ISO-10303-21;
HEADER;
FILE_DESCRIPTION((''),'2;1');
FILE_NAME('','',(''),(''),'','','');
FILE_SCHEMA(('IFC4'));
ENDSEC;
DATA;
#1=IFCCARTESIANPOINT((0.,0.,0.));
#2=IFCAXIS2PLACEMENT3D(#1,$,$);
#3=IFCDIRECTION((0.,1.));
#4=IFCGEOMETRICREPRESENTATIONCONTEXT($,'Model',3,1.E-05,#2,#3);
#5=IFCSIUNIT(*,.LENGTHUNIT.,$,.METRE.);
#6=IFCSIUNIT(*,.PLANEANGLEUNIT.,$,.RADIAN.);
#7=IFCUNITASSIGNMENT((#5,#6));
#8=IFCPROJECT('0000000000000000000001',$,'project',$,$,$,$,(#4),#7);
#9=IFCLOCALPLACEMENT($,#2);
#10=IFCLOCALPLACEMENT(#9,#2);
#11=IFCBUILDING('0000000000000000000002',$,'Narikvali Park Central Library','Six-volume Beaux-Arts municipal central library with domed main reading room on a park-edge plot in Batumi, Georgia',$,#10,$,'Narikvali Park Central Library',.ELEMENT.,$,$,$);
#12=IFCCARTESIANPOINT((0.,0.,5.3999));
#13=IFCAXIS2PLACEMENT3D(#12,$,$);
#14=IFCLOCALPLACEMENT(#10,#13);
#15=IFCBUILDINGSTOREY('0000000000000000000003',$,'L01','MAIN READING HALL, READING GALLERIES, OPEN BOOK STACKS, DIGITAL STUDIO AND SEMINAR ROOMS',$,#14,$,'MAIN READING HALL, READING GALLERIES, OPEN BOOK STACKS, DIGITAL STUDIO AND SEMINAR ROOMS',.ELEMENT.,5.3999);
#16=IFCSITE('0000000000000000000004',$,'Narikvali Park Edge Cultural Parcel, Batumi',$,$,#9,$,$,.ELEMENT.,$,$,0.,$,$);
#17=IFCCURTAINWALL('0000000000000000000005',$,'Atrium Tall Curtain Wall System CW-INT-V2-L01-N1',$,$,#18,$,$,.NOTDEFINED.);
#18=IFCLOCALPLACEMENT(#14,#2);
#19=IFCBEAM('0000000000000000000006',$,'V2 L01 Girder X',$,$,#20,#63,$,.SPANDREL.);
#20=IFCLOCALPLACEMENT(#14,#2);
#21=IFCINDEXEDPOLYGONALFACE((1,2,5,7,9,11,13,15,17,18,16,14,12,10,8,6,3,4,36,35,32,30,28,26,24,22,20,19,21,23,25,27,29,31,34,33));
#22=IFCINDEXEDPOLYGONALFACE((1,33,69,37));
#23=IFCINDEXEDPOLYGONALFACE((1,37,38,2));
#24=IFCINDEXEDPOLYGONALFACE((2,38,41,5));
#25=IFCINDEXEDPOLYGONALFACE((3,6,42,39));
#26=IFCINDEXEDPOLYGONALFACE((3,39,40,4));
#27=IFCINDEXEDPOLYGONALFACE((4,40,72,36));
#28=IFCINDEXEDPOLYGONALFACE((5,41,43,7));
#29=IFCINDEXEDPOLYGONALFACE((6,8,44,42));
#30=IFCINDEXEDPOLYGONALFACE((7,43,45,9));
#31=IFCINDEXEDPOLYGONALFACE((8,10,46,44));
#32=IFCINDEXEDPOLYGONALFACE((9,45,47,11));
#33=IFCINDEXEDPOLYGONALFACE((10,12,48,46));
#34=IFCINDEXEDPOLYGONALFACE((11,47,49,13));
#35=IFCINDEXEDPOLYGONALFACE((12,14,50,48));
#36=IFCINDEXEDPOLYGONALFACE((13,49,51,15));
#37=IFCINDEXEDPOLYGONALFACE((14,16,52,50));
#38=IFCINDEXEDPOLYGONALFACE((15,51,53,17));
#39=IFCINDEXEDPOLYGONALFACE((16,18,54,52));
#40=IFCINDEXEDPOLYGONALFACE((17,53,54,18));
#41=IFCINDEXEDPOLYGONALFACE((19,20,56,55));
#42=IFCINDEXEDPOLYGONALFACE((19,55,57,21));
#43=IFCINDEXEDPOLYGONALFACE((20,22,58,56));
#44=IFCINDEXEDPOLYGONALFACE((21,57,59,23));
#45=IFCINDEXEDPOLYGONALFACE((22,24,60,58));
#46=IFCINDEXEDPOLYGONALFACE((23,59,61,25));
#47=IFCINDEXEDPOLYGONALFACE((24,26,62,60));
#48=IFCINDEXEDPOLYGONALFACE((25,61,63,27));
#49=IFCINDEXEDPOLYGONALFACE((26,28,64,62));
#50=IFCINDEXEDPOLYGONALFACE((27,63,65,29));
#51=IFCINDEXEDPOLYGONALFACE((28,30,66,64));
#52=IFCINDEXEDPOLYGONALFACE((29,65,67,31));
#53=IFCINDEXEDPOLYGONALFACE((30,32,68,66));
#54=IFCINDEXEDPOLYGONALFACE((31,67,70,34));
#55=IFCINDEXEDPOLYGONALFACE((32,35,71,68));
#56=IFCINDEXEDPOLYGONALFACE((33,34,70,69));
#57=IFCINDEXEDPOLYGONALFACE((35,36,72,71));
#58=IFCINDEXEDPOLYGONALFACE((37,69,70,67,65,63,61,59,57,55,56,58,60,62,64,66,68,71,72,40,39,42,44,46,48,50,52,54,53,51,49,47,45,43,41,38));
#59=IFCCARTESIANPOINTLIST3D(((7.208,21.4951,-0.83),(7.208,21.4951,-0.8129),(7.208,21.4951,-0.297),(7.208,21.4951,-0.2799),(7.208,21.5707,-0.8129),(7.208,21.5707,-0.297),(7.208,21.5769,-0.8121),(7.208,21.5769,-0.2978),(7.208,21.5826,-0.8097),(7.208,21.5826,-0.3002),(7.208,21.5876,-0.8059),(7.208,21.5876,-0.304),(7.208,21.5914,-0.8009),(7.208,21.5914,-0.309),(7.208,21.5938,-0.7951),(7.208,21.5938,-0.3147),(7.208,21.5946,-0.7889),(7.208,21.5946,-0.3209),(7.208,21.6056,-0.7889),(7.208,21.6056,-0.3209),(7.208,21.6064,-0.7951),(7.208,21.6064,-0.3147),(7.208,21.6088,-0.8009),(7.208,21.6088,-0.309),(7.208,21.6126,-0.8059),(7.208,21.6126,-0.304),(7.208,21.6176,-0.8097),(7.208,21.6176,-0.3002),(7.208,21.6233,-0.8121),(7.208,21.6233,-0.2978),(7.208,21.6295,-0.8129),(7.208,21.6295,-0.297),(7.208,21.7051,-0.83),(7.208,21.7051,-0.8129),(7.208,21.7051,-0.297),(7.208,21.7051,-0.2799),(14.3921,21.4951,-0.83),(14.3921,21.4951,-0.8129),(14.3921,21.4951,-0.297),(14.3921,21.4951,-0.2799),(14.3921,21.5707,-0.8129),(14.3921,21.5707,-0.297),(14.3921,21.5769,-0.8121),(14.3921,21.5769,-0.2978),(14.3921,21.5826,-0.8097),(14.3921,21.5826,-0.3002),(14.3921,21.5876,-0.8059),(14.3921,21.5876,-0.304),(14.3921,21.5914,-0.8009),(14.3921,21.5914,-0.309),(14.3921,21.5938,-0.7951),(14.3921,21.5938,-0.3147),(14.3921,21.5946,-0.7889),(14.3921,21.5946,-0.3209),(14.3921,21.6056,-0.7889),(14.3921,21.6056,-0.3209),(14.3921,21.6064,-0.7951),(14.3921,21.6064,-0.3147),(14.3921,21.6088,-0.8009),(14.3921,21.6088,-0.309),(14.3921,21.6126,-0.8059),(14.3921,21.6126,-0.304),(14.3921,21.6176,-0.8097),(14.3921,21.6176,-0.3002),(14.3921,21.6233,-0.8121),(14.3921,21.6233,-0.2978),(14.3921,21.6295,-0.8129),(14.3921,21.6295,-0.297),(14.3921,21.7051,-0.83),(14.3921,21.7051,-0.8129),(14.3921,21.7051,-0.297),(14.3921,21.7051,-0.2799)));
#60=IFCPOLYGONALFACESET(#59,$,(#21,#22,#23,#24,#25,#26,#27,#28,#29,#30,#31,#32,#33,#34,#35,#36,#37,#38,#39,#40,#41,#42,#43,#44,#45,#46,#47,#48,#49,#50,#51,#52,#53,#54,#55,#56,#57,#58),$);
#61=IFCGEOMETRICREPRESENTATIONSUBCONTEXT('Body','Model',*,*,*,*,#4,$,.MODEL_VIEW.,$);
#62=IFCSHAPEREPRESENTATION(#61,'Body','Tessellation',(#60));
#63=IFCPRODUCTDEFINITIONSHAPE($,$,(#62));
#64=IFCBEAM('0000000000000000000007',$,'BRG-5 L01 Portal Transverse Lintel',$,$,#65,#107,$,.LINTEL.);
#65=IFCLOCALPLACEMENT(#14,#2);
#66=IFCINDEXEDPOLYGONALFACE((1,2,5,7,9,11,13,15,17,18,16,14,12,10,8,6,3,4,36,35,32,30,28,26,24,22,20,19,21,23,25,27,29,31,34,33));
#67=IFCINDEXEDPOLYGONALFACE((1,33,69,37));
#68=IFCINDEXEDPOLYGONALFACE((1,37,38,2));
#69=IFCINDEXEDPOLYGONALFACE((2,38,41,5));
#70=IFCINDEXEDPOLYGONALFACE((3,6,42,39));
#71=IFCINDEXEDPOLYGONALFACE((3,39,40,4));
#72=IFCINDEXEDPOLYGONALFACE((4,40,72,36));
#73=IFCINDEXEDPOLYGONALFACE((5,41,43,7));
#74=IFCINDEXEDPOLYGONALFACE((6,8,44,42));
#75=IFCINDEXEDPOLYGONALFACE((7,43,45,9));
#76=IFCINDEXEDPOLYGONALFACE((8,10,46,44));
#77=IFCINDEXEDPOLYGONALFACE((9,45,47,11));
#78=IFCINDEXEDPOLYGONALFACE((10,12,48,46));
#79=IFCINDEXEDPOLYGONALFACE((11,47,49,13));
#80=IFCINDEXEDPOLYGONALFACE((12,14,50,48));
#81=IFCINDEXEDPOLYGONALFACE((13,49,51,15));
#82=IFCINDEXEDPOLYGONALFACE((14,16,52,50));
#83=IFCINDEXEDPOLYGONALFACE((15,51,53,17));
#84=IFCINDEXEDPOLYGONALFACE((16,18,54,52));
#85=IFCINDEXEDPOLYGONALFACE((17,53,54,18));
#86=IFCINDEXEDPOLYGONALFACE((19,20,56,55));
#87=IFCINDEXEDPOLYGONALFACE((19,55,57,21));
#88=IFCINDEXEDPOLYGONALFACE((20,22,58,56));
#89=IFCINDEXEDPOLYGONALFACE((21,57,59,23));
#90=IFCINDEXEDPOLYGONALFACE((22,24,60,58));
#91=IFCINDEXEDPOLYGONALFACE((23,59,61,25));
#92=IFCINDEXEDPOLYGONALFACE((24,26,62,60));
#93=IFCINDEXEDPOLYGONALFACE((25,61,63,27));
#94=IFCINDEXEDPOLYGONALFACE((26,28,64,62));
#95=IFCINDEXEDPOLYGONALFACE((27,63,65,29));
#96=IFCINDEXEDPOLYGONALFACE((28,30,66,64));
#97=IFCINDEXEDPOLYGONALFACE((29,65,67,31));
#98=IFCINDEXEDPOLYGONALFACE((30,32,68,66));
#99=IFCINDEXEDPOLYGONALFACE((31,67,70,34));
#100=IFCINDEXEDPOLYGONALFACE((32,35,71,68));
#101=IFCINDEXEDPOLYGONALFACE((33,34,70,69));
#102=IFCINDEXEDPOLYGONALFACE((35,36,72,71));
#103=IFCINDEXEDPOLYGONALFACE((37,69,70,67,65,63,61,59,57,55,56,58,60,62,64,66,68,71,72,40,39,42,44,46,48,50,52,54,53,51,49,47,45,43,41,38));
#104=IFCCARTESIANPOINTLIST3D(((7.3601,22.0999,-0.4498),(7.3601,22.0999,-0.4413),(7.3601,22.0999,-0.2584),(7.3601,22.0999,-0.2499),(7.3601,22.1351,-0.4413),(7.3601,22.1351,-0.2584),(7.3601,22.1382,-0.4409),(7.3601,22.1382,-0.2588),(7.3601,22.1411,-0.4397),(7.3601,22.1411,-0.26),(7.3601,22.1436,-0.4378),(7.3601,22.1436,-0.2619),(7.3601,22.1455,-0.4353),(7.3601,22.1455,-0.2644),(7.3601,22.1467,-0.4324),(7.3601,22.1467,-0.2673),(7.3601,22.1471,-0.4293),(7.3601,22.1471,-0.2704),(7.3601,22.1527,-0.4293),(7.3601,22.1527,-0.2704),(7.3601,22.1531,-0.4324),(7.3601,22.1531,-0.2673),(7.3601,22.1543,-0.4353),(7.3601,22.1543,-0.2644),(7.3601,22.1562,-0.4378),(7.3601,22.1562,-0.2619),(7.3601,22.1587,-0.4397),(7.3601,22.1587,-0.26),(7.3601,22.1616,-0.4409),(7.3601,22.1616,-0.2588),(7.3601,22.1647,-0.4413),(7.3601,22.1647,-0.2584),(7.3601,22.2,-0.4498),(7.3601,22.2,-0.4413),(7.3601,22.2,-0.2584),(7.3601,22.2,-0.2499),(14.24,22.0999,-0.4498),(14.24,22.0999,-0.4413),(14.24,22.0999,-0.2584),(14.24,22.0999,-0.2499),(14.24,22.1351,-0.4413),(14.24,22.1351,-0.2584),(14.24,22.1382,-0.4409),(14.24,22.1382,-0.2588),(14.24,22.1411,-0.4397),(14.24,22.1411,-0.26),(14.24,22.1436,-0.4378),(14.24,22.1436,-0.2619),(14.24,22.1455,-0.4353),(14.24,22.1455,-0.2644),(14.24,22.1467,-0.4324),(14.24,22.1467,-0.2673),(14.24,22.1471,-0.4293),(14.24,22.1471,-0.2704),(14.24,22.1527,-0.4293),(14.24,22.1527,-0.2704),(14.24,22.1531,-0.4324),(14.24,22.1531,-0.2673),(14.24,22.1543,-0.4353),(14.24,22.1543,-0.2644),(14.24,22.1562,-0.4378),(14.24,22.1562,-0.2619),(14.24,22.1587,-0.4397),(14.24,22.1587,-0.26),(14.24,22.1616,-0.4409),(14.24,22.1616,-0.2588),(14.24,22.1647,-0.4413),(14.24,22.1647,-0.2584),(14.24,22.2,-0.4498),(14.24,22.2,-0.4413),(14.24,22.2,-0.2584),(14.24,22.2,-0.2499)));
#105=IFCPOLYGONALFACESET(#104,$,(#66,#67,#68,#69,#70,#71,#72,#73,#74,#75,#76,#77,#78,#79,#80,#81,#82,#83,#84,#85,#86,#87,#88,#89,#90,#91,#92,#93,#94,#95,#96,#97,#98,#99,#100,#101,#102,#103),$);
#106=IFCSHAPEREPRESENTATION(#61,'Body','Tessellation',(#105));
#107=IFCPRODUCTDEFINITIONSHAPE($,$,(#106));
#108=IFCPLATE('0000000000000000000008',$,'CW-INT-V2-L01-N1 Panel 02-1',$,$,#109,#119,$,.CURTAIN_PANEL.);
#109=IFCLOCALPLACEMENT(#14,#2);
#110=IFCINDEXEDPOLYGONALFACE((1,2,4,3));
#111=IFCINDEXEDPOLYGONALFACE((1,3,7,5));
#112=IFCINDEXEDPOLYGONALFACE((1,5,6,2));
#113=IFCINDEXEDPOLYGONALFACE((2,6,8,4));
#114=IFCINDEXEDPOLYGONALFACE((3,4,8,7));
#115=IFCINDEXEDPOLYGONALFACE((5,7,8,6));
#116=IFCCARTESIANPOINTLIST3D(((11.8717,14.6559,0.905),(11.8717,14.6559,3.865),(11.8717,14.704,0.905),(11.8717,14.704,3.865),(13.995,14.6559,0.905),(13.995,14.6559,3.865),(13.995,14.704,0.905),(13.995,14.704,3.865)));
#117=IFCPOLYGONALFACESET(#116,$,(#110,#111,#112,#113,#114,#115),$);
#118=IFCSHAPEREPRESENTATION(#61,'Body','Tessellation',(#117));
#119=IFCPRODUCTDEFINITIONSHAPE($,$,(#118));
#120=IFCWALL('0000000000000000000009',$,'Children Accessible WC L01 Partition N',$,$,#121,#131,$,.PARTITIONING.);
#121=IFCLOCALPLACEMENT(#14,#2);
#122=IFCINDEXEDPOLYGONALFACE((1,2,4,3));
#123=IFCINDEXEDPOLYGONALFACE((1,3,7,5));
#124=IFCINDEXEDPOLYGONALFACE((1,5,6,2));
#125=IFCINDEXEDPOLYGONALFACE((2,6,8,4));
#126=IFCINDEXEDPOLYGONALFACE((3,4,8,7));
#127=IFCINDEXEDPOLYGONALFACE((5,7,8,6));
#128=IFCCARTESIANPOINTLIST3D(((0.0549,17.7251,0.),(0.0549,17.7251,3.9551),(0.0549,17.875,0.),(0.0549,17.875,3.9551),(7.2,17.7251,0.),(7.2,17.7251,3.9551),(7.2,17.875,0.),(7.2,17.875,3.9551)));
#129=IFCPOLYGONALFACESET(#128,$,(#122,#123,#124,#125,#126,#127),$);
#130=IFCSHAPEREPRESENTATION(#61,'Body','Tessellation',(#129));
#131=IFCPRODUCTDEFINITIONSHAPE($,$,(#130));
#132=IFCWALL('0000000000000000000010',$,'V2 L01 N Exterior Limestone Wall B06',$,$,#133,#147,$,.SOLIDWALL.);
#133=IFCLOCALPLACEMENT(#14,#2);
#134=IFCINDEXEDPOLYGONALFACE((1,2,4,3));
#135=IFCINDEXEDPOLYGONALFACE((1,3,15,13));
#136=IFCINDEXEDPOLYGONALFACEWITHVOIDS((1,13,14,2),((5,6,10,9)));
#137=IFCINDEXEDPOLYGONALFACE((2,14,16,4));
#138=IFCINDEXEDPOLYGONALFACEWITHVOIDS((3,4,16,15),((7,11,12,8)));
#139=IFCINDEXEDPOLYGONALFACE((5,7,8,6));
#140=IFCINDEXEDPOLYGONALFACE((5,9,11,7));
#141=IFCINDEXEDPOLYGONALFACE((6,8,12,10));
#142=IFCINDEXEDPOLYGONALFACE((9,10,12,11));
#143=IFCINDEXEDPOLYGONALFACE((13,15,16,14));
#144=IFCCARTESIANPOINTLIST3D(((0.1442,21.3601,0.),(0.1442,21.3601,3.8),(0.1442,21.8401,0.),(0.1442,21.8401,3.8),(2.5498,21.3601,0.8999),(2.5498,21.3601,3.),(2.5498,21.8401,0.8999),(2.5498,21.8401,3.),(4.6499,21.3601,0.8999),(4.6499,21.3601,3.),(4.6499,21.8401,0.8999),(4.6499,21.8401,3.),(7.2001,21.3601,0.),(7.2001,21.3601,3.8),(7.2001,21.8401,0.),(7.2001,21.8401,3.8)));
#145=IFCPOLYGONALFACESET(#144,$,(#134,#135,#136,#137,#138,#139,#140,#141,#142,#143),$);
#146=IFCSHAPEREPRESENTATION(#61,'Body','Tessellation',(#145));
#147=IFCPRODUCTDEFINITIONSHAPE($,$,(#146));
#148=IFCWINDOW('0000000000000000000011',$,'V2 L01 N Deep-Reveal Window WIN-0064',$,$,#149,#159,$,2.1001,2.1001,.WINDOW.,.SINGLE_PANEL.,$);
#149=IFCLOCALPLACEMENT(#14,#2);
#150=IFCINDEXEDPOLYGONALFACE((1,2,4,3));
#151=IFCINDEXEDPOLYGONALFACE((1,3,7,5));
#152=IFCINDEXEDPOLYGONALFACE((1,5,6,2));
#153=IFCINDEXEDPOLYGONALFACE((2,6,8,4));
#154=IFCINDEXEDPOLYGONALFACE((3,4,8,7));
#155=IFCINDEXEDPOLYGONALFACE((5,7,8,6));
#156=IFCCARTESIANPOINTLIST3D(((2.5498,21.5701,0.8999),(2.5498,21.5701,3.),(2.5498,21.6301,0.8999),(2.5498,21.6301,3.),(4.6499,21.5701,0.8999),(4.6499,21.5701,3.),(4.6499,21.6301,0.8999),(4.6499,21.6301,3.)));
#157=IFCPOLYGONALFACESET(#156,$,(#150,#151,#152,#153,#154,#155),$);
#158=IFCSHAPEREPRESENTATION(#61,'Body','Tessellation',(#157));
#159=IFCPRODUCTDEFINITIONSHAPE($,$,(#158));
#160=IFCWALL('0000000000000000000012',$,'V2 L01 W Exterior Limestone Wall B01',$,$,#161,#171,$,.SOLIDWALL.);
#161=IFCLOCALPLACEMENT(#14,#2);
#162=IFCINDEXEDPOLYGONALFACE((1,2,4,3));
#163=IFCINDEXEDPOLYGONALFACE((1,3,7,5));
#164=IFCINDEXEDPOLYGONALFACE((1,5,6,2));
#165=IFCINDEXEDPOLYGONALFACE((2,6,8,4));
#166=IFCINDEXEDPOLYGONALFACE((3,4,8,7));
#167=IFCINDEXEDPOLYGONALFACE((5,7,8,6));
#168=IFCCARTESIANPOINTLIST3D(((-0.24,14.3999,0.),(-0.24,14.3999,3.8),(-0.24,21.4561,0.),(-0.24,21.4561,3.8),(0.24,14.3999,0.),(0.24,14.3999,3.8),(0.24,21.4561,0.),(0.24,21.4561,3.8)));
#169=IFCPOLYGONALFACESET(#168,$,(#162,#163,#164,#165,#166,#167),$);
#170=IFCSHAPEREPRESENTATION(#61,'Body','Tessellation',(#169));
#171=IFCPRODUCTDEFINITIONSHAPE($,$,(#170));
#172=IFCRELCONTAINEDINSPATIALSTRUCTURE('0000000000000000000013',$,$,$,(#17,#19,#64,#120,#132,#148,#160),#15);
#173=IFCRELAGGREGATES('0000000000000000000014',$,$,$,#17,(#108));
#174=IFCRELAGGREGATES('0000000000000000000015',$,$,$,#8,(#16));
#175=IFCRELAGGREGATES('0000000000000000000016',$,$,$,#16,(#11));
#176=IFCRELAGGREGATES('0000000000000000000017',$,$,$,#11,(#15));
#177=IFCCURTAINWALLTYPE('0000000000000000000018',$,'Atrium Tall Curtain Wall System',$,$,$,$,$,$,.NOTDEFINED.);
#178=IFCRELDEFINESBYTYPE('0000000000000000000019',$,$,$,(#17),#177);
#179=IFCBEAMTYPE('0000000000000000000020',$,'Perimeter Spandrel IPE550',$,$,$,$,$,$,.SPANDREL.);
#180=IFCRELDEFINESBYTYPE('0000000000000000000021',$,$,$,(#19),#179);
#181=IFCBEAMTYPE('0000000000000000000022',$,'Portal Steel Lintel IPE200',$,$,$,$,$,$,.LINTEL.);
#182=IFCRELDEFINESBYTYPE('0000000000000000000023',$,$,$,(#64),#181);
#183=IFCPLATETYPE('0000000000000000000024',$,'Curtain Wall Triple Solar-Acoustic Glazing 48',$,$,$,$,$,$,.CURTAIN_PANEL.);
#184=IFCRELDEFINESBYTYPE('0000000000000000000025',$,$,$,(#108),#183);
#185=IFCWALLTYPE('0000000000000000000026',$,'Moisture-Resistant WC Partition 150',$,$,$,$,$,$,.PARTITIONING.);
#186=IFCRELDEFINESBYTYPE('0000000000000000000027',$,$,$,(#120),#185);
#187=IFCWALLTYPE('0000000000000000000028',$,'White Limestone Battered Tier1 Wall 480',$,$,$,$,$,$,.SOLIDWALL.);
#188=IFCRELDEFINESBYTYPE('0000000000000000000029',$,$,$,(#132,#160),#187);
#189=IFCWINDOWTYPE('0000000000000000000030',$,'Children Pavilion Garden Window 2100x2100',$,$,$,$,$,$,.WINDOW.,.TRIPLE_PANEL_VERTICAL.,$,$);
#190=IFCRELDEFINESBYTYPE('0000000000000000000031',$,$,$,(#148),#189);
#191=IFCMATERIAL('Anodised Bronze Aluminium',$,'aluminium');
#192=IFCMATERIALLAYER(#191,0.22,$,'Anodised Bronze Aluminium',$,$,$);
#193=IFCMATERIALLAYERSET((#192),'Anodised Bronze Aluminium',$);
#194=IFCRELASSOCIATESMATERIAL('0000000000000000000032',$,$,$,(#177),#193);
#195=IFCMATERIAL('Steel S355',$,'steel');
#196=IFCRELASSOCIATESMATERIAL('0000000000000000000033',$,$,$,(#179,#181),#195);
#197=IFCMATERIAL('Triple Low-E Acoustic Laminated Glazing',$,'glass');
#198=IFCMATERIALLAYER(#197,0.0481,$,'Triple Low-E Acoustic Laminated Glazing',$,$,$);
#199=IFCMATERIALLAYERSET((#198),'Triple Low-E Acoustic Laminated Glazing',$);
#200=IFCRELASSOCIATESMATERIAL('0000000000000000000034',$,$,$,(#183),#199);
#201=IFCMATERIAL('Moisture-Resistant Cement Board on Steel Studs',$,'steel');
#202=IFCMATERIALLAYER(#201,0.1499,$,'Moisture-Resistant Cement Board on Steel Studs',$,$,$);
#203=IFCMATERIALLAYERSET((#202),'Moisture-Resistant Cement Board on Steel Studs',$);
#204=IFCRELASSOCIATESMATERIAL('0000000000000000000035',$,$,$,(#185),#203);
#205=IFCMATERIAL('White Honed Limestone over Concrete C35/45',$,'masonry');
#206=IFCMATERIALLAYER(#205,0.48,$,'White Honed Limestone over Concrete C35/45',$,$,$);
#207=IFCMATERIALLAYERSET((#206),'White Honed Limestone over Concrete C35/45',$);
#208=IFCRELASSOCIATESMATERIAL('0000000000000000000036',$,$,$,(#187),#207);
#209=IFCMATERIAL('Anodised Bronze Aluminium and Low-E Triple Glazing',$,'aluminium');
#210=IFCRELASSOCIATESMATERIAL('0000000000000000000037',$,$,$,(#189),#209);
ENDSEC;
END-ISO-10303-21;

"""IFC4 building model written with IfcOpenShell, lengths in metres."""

from ifc_helpers import new_model, si_unit, direction, frame, frame_2d, origin, origin_2d, place, context, subcontext, project, spatial, rectangle, i_section, extrude, material, layer, layer_set, material_profile, profile_set, type_object, element, fill, aggregate, save


model = new_model("IFC4")

# Units and contexts
model_context = context("Model", 3, precision=1e-05, world=origin(), true_north=direction((0.0, 1.0)))
body_context = subcontext(model_context, "Body", "Model", "MODEL_VIEW")
ifc_project = project(units=[si_unit("LENGTHUNIT", "METRE"), si_unit("PLANEANGLEUNIT", "RADIAN")], contexts=[model_context])

# Site, building, storey
site_placement = place(None, origin())
site = spatial("IfcSite", under=ifc_project, at=site_placement, Name="Narikvali Park Edge Cultural Parcel, Batumi", CompositionType="ELEMENT", RefElevation=0.0)
building_placement = place(site_placement, origin())
building = spatial("IfcBuilding", under=site, at=building_placement, Name="Narikvali Park Central Library", Description="Six-volume Beaux-Arts municipal central library with domed main reading room on a park-edge plot in Batumi, Georgia", LongName="Narikvali Park Central Library", CompositionType="ELEMENT")
storey_placement = place(building_placement, frame((0.0, 0.0, 5.3999)))
storey = spatial("IfcBuildingStorey", under=building, at=storey_placement, Name="L01", Description="MAIN READING HALL, READING GALLERIES, OPEN BOOK STACKS, DIGITAL STUDIO AND SEMINAR ROOMS", LongName="MAIN READING HALL, READING GALLERIES, OPEN BOOK STACKS, DIGITAL STUDIO AND SEMINAR ROOMS", CompositionType="ELEMENT", Elevation=5.3999)

# Shared definitions
ifc_material_1 = material(Name="Steel S355", Category="steel")

# Shared definitions
ifc_material_2 = material(Name="Anodised Bronze Aluminium", Category="aluminium")

# Curtain wall
ifc_layer_1 = layer(ifc_material_2, 0.22, Name="Anodised Bronze Aluminium")
ifc_layer_set_1 = layer_set([ifc_layer_1], Name="Anodised Bronze Aluminium")
curtain_wall_type_1 = type_object("IfcCurtainWallType", Name="Atrium Tall Curtain Wall System", PredefinedType="NOTDEFINED", material=ifc_layer_set_1)
curtain_wall_1_placement = place(storey_placement, origin())
curtain_wall_1 = element("IfcCurtainWall", 1, at=curtain_wall_1_placement, inside=storey, type_object=curtain_wall_type_1, Name="Atrium Tall Curtain Wall System CW-INT-V2-L01-N1", PredefinedType="NOTDEFINED")

# Beams
ifc_material_profile_1 = material_profile(ifc_material_1, i_section(OverallWidth=0.21, OverallDepth=0.55, WebThickness=0.011, FlangeThickness=0.0171, FilletRadius=0.0239, at=origin_2d()), Name="IPE 550")
ifc_profile_set_1 = profile_set([ifc_material_profile_1], Name="Steel S355")
beam_type_1 = type_object("IfcBeamType", Name="Perimeter Spandrel IPE550", PredefinedType="SPANDREL", material=ifc_profile_set_1)
beam_1_placement = place(storey_placement, frame((7.208, 21.6001, -0.5549), z_axis=(1.0, 0.0, 0.0), x_axis=(0.0, 1.0, 0.0)))
element("IfcBeam", 2, at=beam_1_placement, inside=storey, type_object=beam_type_1, Name="V2 L01 Girder X", PredefinedType="SPANDREL", context=body_context, shape_type="SweptSolid", body=[
    extrude(i_section(OverallWidth=0.21, OverallDepth=0.55, WebThickness=0.011, FlangeThickness=0.0171, FilletRadius=0.0239, at=origin_2d()), origin(), (0.0, 0.0, 1.0), 7.1841),
])
ifc_material_profile_2 = material_profile(ifc_material_1, i_section(OverallWidth=0.1001, OverallDepth=0.2, WebThickness=0.0056, FlangeThickness=0.0085, FilletRadius=0.012, at=origin_2d()), Name="IPE 200")
ifc_profile_set_2 = profile_set([ifc_material_profile_2], Name="Steel S355")
beam_type_2 = type_object("IfcBeamType", Name="Portal Steel Lintel IPE200", PredefinedType="LINTEL", material=ifc_profile_set_2)
beam_2_placement = place(storey_placement, frame((7.3601, 22.1499, -0.3499), z_axis=(1.0, 0.0, 0.0), x_axis=(0.0, 1.0, 0.0)))
element("IfcBeam", 3, at=beam_2_placement, inside=storey, type_object=beam_type_2, Name="BRG-5 L01 Portal Transverse Lintel", PredefinedType="LINTEL", context=body_context, shape_type="SweptSolid", body=[
    extrude(i_section(OverallWidth=0.1001, OverallDepth=0.2, WebThickness=0.0056, FlangeThickness=0.0085, FilletRadius=0.012, at=origin_2d()), origin(), (0.0, 0.0, 1.0), 6.8799),
])

# Plate
ifc_material_3 = material(Name="Triple Low-E Acoustic Laminated Glazing", Category="glass")
ifc_layer_2 = layer(ifc_material_3, 0.0481, Name="Triple Low-E Acoustic Laminated Glazing")
ifc_layer_set_2 = layer_set([ifc_layer_2], Name="Triple Low-E Acoustic Laminated Glazing")
plate_type = type_object("IfcPlateType", Name="Curtain Wall Triple Solar-Acoustic Glazing 48", PredefinedType="CURTAIN_PANEL", material=ifc_layer_set_2)
plate_placement = place(storey_placement, frame((12.9333, 14.6799, 0.905), z_axis=(0.0, 0.0, 1.0), x_axis=(1.0, 0.0, 0.0)))
plate = element("IfcPlate", 4, at=plate_placement, type_object=plate_type, Name="CW-INT-V2-L01-N1 Panel 02-1", PredefinedType="CURTAIN_PANEL", context=body_context, shape_type="SweptSolid", body=[
    extrude(rectangle(XDim=2.1233, YDim=0.0481, at=origin_2d()), origin(), (0.0, 0.0, 1.0), 2.96),
])
aggregate(curtain_wall_1, [plate])

# Wall
ifc_material_4 = material(Name="Moisture-Resistant Cement Board on Steel Studs", Category="steel")
ifc_layer_3 = layer(ifc_material_4, 0.1499, Name="Moisture-Resistant Cement Board on Steel Studs")
ifc_layer_set_3 = layer_set([ifc_layer_3], Name="Moisture-Resistant Cement Board on Steel Studs")
wall_type_1 = type_object("IfcWallType", Name="Moisture-Resistant WC Partition 150", PredefinedType="PARTITIONING", material=ifc_layer_set_3)
wall_1_placement = place(storey_placement, frame((0.0549, 17.8, 0.0), z_axis=(0.0, 0.0, 1.0), x_axis=(1.0, 0.0, 0.0)))
element("IfcWall", 5, at=wall_1_placement, inside=storey, type_object=wall_type_1, Name="Children Accessible WC L01 Partition N", PredefinedType="PARTITIONING", context=body_context, shape_type="SweptSolid", body=[
    extrude(rectangle(XDim=7.145, YDim=0.1499, at=frame_2d((3.5725, 0.0))), origin(), (0.0, 0.0, 1.0), 3.9551),
])

# Wall, opening, window
ifc_material_5 = material(Name="White Honed Limestone over Concrete C35/45", Category="masonry")
ifc_layer_4 = layer(ifc_material_5, 0.48, Name="White Honed Limestone over Concrete C35/45")
ifc_layer_set_4 = layer_set([ifc_layer_4], Name="White Honed Limestone over Concrete C35/45")
wall_type_2 = type_object("IfcWallType", Name="White Limestone Battered Tier1 Wall 480", PredefinedType="SOLIDWALL", material=ifc_layer_set_4)
wall_2_placement = place(storey_placement, frame((7.2, 21.6001, 0.0), z_axis=(0.0, 0.0, 1.0), x_axis=(-1.0, 0.0, 0.0)))
wall_2 = element("IfcWall", 6, at=wall_2_placement, inside=storey, type_object=wall_type_2, Name="V2 L01 N Exterior Limestone Wall B06", PredefinedType="SOLIDWALL", context=body_context, shape_type="SweptSolid", body=[
    extrude(rectangle(XDim=7.0559, YDim=0.48, at=frame_2d((3.5278, 0.0))), origin(), (0.0, 0.0, 1.0), 3.8),
])
opening_1_placement = place(wall_2_placement, frame((2.55, 0.0, 0.8999)))
opening_1 = element("IfcOpeningElement", 7, at=opening_1_placement, cuts=wall_2, PredefinedType="OPENING", context=body_context, shape_type="SweptSolid", body=[
    extrude(rectangle(XDim=2.1001, YDim=2.1001, at=frame_2d((1.05, 1.05))), frame((0.0, 0.252, 0.0), z_axis=(0.0, -1.0, 0.0), x_axis=(1.0, 0.0, 0.0)), (0.0, 0.0, 1.0), 0.5039),
])
ifc_material_6 = material(Name="Anodised Bronze Aluminium and Low-E Triple Glazing", Category="aluminium")
window_type = type_object("IfcWindowType", Name="Children Pavilion Garden Window 2100x2100", PartitioningType="TRIPLE_PANEL_VERTICAL", PredefinedType="WINDOW", material=ifc_material_6)
window_placement = place(opening_1_placement, origin())
window = element("IfcWindow", 8, at=window_placement, inside=storey, type_object=window_type, Name="V2 L01 N Deep-Reveal Window WIN-0064", OverallHeight=2.1001, OverallWidth=2.1001, PartitioningType="SINGLE_PANEL", PredefinedType="WINDOW", context=body_context, shape_type="SweptSolid", body=[
    extrude(rectangle(XDim=2.1001, YDim=2.1001, at=frame_2d((1.05, 1.05))), frame((0.0, 0.03, 0.0), z_axis=(0.0, -1.0, 0.0), x_axis=(1.0, 0.0, 0.0)), (0.0, 0.0, 1.0), 0.0601),
])
fill(opening_1, window)

# Wall
wall_3_placement = place(storey_placement, frame((0.0, 21.4561, 0.0), z_axis=(0.0, 0.0, 1.0), x_axis=(0.0, -1.0, 0.0)))
element("IfcWall", 9, at=wall_3_placement, inside=storey, type_object=wall_type_2, Name="V2 L01 W Exterior Limestone Wall B01", PredefinedType="SOLIDWALL", context=body_context, shape_type="SweptSolid", body=[
    extrude(rectangle(XDim=7.0562, YDim=0.48, at=frame_2d((3.5281, 0.0))), origin(), (0.0, 0.0, 1.0), 3.8),
])

save(model, "model.ifc")
